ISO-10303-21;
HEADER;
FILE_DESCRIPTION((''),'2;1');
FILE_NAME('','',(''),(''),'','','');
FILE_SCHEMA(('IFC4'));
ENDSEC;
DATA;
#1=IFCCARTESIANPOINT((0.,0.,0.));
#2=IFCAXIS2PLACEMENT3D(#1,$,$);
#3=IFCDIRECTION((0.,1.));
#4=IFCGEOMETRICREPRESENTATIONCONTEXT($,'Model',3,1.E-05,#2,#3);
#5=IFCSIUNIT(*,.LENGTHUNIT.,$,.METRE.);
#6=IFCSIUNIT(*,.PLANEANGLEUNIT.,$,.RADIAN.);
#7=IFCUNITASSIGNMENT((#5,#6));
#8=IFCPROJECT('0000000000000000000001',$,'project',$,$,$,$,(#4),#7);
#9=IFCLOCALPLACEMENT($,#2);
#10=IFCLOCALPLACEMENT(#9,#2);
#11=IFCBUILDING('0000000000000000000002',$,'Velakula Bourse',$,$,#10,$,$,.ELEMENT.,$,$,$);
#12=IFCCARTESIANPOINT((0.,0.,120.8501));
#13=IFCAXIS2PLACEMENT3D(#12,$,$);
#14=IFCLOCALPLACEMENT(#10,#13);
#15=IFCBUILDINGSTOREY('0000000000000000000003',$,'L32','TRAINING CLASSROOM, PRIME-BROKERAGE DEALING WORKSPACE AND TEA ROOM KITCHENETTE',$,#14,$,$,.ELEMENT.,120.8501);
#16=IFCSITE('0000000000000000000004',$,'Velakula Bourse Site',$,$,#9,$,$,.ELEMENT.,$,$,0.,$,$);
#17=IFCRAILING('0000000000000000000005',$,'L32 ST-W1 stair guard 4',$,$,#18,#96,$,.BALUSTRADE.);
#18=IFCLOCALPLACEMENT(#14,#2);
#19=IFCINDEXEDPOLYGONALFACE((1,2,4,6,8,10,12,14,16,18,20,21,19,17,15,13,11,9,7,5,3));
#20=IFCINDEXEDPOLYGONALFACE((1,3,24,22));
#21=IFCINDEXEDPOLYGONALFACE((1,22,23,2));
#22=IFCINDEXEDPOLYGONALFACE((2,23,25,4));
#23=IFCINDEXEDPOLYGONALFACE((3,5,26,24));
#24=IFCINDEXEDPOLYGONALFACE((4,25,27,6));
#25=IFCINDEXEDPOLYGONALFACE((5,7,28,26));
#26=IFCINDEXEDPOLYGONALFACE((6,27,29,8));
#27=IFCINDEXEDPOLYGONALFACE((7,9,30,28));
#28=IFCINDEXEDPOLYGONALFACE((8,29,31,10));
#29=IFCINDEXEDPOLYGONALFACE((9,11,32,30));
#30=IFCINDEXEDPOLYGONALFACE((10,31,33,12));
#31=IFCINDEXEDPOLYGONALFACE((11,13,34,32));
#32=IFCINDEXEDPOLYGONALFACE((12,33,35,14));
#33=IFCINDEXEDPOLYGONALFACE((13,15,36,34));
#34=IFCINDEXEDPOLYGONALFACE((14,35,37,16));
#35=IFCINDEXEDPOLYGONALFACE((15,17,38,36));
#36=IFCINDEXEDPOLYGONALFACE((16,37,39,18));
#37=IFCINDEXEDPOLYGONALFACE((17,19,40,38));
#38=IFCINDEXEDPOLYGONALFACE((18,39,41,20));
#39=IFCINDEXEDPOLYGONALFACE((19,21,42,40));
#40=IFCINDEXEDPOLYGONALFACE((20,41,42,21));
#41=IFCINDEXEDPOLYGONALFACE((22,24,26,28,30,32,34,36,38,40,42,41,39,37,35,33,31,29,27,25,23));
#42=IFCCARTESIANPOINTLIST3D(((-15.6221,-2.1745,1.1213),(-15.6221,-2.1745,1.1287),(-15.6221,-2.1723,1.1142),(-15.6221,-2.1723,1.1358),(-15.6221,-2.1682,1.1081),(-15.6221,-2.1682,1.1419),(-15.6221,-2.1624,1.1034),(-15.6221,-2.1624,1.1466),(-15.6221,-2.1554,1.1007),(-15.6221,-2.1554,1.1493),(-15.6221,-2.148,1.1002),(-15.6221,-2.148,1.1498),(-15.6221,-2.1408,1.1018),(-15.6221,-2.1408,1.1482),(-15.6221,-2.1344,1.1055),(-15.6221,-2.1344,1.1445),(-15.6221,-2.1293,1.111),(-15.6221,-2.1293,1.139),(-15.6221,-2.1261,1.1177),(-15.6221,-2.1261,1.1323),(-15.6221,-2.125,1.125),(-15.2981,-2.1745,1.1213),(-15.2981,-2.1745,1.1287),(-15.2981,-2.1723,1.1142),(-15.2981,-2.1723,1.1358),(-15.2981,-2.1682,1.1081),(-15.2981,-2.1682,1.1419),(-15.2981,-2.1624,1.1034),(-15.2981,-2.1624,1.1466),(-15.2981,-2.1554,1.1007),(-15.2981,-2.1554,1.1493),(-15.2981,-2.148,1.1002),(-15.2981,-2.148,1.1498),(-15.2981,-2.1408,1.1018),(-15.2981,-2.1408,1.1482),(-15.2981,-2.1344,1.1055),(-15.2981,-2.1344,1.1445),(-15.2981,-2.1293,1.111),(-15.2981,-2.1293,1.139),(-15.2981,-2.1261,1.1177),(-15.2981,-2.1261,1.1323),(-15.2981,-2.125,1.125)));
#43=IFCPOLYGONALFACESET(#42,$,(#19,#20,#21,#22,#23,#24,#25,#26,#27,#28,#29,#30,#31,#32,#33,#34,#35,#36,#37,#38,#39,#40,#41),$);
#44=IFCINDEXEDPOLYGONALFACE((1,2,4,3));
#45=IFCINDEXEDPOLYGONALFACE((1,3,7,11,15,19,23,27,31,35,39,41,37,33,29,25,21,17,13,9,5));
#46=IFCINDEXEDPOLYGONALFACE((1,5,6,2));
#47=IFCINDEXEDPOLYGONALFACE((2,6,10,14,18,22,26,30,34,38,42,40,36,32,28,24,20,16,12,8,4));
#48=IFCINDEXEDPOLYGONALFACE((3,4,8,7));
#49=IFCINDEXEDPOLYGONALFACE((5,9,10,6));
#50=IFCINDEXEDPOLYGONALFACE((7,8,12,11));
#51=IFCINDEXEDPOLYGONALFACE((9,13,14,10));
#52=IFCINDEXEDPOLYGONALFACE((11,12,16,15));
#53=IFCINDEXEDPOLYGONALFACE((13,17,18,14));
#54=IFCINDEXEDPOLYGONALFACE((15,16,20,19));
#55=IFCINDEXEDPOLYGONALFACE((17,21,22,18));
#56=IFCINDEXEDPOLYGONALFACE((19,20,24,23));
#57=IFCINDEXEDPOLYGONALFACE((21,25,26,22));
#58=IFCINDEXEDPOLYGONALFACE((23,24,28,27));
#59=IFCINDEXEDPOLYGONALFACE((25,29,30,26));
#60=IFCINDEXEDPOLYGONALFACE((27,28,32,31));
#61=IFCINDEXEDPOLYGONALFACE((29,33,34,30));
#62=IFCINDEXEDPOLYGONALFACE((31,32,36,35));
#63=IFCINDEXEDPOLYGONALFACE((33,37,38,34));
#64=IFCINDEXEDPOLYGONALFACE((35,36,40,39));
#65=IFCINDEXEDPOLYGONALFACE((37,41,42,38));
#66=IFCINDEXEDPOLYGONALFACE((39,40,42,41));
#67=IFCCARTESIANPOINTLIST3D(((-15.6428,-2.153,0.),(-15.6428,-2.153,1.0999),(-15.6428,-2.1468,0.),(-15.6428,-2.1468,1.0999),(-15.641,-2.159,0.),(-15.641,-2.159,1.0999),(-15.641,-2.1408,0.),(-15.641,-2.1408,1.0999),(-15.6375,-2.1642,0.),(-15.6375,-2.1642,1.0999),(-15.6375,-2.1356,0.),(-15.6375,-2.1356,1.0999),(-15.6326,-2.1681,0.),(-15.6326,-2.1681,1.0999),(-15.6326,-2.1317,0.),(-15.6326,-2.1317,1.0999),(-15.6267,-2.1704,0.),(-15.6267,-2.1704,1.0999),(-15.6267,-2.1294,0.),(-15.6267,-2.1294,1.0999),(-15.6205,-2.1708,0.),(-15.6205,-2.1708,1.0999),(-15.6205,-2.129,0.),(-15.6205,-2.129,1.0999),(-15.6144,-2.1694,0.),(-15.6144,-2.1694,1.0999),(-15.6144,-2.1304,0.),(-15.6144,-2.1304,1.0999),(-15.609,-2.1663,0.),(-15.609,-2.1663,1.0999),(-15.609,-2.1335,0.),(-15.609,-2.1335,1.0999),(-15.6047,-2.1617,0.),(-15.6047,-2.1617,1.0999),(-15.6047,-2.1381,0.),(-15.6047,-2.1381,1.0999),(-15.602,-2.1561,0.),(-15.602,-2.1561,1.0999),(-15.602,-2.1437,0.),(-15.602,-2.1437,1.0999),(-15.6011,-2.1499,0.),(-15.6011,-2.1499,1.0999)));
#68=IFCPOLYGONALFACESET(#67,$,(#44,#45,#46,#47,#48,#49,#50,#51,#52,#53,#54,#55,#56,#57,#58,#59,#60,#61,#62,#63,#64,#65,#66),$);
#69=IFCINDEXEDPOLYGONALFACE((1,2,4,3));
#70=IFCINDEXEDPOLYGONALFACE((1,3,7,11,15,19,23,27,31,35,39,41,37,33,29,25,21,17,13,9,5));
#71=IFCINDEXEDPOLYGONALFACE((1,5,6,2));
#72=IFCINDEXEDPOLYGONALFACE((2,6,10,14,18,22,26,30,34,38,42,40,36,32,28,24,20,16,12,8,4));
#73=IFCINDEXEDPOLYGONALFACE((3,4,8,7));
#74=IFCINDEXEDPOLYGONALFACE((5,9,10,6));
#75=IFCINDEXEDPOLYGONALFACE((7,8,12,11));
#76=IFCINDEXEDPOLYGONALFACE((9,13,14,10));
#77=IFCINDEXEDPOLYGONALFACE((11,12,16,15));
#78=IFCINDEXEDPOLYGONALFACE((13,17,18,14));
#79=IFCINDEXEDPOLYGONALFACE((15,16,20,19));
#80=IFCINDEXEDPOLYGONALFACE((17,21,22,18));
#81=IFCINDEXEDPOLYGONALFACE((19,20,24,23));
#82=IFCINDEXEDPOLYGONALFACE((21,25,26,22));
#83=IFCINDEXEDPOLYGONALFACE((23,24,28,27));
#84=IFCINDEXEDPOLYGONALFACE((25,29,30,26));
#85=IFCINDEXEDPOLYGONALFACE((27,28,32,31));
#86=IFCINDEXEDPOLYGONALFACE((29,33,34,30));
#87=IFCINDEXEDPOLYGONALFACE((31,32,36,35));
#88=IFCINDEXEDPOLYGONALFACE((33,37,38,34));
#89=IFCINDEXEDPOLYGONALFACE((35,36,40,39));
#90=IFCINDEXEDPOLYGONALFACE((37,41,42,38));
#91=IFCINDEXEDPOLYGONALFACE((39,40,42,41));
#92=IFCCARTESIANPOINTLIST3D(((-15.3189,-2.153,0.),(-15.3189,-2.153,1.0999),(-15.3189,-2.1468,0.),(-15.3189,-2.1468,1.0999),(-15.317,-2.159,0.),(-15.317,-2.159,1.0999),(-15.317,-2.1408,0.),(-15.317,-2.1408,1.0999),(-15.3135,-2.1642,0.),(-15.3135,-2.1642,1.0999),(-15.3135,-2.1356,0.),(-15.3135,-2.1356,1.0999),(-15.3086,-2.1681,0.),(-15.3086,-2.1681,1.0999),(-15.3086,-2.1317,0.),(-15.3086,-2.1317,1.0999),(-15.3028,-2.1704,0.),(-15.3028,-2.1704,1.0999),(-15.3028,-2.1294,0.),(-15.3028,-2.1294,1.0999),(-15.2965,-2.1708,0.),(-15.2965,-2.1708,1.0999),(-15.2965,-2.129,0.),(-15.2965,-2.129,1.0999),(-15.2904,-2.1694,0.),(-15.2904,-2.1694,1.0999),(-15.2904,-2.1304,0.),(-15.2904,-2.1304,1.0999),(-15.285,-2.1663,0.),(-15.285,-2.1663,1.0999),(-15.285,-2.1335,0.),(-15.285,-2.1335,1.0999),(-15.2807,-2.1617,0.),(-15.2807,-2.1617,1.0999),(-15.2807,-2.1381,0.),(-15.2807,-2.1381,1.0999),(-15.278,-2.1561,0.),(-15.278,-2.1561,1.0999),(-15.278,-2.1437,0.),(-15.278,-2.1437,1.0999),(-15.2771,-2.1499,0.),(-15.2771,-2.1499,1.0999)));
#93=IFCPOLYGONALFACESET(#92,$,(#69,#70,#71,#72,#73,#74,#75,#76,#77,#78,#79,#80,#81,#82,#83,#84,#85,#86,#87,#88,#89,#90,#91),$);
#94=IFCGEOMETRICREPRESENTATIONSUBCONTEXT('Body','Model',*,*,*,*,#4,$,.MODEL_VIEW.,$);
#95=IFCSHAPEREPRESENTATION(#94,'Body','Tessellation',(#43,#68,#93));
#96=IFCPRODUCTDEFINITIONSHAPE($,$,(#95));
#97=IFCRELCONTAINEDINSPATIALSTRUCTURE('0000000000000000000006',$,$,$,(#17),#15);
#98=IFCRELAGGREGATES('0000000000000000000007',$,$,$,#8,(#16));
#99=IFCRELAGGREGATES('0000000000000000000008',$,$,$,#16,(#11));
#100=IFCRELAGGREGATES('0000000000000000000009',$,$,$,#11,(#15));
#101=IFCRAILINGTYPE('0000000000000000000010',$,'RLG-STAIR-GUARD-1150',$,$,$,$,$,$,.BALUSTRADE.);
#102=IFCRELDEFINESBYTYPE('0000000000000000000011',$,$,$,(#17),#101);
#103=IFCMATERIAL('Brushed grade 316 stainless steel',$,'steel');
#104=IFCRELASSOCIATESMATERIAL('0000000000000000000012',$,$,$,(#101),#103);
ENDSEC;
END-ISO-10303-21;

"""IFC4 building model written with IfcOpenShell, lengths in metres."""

from ifc_helpers import new_model, si_unit, direction, frame, origin, origin_2d, place, context, subcontext, project, spatial, circle, extrude, material, type_object, element, save


model = new_model("IFC4")

# Units and contexts
model_context = context("Model", 3, precision=1e-05, world=origin(), true_north=direction((0.0, 1.0)))
body_context = subcontext(model_context, "Body", "Model", "MODEL_VIEW")
ifc_project = project(units=[si_unit("LENGTHUNIT", "METRE"), si_unit("PLANEANGLEUNIT", "RADIAN")], contexts=[model_context])

# Site, building, storey
site_placement = place(None, origin())
site = spatial("IfcSite", under=ifc_project, at=site_placement, Name="Velakula Bourse Site", CompositionType="ELEMENT", RefElevation=0.0)
building_placement = place(site_placement, origin())
building = spatial("IfcBuilding", under=site, at=building_placement, Name="Velakula Bourse", CompositionType="ELEMENT")
storey_placement = place(building_placement, frame((0.0, 0.0, 120.8501)))
storey = spatial("IfcBuildingStorey", under=building, at=storey_placement, Name="L32", Description="TRAINING CLASSROOM, PRIME-BROKERAGE DEALING WORKSPACE AND TEA ROOM KITCHENETTE", CompositionType="ELEMENT", Elevation=120.8501)

# Shared definitions
ifc_material_1 = material(Name="Brushed grade 316 stainless steel", Category="steel")

# Railing
railing_type_1 = type_object("IfcRailingType", Name="RLG-STAIR-GUARD-1150", PredefinedType="BALUSTRADE", material=ifc_material_1)
railing_1_placement = place(storey_placement, frame((-15.6221, -2.1499, 0.0)))
element("IfcRailing", 1, at=railing_1_placement, inside=storey, type_object=railing_type_1, Name="L32 ST-W1 stair guard 4", PredefinedType="BALUSTRADE", context=body_context, shape_type="SweptSolid", body=[
    extrude(circle(Radius=0.0249, at=origin_2d()), frame((0.0, 0.0, 1.125), z_axis=(1.0, 0.0, 0.0), x_axis=(0.0, 1.0, 0.0)), (0.0, 0.0, 1.0), 0.324),
    extrude(circle(Radius=0.021, at=origin_2d()), origin(), (0.0, 0.0, 1.0), 1.0999),
    extrude(circle(Radius=0.021, at=origin_2d()), frame((0.324, 0.0, 0.0)), (0.0, 0.0, 1.0), 1.0999),
])

save(model, "model.ifc")
